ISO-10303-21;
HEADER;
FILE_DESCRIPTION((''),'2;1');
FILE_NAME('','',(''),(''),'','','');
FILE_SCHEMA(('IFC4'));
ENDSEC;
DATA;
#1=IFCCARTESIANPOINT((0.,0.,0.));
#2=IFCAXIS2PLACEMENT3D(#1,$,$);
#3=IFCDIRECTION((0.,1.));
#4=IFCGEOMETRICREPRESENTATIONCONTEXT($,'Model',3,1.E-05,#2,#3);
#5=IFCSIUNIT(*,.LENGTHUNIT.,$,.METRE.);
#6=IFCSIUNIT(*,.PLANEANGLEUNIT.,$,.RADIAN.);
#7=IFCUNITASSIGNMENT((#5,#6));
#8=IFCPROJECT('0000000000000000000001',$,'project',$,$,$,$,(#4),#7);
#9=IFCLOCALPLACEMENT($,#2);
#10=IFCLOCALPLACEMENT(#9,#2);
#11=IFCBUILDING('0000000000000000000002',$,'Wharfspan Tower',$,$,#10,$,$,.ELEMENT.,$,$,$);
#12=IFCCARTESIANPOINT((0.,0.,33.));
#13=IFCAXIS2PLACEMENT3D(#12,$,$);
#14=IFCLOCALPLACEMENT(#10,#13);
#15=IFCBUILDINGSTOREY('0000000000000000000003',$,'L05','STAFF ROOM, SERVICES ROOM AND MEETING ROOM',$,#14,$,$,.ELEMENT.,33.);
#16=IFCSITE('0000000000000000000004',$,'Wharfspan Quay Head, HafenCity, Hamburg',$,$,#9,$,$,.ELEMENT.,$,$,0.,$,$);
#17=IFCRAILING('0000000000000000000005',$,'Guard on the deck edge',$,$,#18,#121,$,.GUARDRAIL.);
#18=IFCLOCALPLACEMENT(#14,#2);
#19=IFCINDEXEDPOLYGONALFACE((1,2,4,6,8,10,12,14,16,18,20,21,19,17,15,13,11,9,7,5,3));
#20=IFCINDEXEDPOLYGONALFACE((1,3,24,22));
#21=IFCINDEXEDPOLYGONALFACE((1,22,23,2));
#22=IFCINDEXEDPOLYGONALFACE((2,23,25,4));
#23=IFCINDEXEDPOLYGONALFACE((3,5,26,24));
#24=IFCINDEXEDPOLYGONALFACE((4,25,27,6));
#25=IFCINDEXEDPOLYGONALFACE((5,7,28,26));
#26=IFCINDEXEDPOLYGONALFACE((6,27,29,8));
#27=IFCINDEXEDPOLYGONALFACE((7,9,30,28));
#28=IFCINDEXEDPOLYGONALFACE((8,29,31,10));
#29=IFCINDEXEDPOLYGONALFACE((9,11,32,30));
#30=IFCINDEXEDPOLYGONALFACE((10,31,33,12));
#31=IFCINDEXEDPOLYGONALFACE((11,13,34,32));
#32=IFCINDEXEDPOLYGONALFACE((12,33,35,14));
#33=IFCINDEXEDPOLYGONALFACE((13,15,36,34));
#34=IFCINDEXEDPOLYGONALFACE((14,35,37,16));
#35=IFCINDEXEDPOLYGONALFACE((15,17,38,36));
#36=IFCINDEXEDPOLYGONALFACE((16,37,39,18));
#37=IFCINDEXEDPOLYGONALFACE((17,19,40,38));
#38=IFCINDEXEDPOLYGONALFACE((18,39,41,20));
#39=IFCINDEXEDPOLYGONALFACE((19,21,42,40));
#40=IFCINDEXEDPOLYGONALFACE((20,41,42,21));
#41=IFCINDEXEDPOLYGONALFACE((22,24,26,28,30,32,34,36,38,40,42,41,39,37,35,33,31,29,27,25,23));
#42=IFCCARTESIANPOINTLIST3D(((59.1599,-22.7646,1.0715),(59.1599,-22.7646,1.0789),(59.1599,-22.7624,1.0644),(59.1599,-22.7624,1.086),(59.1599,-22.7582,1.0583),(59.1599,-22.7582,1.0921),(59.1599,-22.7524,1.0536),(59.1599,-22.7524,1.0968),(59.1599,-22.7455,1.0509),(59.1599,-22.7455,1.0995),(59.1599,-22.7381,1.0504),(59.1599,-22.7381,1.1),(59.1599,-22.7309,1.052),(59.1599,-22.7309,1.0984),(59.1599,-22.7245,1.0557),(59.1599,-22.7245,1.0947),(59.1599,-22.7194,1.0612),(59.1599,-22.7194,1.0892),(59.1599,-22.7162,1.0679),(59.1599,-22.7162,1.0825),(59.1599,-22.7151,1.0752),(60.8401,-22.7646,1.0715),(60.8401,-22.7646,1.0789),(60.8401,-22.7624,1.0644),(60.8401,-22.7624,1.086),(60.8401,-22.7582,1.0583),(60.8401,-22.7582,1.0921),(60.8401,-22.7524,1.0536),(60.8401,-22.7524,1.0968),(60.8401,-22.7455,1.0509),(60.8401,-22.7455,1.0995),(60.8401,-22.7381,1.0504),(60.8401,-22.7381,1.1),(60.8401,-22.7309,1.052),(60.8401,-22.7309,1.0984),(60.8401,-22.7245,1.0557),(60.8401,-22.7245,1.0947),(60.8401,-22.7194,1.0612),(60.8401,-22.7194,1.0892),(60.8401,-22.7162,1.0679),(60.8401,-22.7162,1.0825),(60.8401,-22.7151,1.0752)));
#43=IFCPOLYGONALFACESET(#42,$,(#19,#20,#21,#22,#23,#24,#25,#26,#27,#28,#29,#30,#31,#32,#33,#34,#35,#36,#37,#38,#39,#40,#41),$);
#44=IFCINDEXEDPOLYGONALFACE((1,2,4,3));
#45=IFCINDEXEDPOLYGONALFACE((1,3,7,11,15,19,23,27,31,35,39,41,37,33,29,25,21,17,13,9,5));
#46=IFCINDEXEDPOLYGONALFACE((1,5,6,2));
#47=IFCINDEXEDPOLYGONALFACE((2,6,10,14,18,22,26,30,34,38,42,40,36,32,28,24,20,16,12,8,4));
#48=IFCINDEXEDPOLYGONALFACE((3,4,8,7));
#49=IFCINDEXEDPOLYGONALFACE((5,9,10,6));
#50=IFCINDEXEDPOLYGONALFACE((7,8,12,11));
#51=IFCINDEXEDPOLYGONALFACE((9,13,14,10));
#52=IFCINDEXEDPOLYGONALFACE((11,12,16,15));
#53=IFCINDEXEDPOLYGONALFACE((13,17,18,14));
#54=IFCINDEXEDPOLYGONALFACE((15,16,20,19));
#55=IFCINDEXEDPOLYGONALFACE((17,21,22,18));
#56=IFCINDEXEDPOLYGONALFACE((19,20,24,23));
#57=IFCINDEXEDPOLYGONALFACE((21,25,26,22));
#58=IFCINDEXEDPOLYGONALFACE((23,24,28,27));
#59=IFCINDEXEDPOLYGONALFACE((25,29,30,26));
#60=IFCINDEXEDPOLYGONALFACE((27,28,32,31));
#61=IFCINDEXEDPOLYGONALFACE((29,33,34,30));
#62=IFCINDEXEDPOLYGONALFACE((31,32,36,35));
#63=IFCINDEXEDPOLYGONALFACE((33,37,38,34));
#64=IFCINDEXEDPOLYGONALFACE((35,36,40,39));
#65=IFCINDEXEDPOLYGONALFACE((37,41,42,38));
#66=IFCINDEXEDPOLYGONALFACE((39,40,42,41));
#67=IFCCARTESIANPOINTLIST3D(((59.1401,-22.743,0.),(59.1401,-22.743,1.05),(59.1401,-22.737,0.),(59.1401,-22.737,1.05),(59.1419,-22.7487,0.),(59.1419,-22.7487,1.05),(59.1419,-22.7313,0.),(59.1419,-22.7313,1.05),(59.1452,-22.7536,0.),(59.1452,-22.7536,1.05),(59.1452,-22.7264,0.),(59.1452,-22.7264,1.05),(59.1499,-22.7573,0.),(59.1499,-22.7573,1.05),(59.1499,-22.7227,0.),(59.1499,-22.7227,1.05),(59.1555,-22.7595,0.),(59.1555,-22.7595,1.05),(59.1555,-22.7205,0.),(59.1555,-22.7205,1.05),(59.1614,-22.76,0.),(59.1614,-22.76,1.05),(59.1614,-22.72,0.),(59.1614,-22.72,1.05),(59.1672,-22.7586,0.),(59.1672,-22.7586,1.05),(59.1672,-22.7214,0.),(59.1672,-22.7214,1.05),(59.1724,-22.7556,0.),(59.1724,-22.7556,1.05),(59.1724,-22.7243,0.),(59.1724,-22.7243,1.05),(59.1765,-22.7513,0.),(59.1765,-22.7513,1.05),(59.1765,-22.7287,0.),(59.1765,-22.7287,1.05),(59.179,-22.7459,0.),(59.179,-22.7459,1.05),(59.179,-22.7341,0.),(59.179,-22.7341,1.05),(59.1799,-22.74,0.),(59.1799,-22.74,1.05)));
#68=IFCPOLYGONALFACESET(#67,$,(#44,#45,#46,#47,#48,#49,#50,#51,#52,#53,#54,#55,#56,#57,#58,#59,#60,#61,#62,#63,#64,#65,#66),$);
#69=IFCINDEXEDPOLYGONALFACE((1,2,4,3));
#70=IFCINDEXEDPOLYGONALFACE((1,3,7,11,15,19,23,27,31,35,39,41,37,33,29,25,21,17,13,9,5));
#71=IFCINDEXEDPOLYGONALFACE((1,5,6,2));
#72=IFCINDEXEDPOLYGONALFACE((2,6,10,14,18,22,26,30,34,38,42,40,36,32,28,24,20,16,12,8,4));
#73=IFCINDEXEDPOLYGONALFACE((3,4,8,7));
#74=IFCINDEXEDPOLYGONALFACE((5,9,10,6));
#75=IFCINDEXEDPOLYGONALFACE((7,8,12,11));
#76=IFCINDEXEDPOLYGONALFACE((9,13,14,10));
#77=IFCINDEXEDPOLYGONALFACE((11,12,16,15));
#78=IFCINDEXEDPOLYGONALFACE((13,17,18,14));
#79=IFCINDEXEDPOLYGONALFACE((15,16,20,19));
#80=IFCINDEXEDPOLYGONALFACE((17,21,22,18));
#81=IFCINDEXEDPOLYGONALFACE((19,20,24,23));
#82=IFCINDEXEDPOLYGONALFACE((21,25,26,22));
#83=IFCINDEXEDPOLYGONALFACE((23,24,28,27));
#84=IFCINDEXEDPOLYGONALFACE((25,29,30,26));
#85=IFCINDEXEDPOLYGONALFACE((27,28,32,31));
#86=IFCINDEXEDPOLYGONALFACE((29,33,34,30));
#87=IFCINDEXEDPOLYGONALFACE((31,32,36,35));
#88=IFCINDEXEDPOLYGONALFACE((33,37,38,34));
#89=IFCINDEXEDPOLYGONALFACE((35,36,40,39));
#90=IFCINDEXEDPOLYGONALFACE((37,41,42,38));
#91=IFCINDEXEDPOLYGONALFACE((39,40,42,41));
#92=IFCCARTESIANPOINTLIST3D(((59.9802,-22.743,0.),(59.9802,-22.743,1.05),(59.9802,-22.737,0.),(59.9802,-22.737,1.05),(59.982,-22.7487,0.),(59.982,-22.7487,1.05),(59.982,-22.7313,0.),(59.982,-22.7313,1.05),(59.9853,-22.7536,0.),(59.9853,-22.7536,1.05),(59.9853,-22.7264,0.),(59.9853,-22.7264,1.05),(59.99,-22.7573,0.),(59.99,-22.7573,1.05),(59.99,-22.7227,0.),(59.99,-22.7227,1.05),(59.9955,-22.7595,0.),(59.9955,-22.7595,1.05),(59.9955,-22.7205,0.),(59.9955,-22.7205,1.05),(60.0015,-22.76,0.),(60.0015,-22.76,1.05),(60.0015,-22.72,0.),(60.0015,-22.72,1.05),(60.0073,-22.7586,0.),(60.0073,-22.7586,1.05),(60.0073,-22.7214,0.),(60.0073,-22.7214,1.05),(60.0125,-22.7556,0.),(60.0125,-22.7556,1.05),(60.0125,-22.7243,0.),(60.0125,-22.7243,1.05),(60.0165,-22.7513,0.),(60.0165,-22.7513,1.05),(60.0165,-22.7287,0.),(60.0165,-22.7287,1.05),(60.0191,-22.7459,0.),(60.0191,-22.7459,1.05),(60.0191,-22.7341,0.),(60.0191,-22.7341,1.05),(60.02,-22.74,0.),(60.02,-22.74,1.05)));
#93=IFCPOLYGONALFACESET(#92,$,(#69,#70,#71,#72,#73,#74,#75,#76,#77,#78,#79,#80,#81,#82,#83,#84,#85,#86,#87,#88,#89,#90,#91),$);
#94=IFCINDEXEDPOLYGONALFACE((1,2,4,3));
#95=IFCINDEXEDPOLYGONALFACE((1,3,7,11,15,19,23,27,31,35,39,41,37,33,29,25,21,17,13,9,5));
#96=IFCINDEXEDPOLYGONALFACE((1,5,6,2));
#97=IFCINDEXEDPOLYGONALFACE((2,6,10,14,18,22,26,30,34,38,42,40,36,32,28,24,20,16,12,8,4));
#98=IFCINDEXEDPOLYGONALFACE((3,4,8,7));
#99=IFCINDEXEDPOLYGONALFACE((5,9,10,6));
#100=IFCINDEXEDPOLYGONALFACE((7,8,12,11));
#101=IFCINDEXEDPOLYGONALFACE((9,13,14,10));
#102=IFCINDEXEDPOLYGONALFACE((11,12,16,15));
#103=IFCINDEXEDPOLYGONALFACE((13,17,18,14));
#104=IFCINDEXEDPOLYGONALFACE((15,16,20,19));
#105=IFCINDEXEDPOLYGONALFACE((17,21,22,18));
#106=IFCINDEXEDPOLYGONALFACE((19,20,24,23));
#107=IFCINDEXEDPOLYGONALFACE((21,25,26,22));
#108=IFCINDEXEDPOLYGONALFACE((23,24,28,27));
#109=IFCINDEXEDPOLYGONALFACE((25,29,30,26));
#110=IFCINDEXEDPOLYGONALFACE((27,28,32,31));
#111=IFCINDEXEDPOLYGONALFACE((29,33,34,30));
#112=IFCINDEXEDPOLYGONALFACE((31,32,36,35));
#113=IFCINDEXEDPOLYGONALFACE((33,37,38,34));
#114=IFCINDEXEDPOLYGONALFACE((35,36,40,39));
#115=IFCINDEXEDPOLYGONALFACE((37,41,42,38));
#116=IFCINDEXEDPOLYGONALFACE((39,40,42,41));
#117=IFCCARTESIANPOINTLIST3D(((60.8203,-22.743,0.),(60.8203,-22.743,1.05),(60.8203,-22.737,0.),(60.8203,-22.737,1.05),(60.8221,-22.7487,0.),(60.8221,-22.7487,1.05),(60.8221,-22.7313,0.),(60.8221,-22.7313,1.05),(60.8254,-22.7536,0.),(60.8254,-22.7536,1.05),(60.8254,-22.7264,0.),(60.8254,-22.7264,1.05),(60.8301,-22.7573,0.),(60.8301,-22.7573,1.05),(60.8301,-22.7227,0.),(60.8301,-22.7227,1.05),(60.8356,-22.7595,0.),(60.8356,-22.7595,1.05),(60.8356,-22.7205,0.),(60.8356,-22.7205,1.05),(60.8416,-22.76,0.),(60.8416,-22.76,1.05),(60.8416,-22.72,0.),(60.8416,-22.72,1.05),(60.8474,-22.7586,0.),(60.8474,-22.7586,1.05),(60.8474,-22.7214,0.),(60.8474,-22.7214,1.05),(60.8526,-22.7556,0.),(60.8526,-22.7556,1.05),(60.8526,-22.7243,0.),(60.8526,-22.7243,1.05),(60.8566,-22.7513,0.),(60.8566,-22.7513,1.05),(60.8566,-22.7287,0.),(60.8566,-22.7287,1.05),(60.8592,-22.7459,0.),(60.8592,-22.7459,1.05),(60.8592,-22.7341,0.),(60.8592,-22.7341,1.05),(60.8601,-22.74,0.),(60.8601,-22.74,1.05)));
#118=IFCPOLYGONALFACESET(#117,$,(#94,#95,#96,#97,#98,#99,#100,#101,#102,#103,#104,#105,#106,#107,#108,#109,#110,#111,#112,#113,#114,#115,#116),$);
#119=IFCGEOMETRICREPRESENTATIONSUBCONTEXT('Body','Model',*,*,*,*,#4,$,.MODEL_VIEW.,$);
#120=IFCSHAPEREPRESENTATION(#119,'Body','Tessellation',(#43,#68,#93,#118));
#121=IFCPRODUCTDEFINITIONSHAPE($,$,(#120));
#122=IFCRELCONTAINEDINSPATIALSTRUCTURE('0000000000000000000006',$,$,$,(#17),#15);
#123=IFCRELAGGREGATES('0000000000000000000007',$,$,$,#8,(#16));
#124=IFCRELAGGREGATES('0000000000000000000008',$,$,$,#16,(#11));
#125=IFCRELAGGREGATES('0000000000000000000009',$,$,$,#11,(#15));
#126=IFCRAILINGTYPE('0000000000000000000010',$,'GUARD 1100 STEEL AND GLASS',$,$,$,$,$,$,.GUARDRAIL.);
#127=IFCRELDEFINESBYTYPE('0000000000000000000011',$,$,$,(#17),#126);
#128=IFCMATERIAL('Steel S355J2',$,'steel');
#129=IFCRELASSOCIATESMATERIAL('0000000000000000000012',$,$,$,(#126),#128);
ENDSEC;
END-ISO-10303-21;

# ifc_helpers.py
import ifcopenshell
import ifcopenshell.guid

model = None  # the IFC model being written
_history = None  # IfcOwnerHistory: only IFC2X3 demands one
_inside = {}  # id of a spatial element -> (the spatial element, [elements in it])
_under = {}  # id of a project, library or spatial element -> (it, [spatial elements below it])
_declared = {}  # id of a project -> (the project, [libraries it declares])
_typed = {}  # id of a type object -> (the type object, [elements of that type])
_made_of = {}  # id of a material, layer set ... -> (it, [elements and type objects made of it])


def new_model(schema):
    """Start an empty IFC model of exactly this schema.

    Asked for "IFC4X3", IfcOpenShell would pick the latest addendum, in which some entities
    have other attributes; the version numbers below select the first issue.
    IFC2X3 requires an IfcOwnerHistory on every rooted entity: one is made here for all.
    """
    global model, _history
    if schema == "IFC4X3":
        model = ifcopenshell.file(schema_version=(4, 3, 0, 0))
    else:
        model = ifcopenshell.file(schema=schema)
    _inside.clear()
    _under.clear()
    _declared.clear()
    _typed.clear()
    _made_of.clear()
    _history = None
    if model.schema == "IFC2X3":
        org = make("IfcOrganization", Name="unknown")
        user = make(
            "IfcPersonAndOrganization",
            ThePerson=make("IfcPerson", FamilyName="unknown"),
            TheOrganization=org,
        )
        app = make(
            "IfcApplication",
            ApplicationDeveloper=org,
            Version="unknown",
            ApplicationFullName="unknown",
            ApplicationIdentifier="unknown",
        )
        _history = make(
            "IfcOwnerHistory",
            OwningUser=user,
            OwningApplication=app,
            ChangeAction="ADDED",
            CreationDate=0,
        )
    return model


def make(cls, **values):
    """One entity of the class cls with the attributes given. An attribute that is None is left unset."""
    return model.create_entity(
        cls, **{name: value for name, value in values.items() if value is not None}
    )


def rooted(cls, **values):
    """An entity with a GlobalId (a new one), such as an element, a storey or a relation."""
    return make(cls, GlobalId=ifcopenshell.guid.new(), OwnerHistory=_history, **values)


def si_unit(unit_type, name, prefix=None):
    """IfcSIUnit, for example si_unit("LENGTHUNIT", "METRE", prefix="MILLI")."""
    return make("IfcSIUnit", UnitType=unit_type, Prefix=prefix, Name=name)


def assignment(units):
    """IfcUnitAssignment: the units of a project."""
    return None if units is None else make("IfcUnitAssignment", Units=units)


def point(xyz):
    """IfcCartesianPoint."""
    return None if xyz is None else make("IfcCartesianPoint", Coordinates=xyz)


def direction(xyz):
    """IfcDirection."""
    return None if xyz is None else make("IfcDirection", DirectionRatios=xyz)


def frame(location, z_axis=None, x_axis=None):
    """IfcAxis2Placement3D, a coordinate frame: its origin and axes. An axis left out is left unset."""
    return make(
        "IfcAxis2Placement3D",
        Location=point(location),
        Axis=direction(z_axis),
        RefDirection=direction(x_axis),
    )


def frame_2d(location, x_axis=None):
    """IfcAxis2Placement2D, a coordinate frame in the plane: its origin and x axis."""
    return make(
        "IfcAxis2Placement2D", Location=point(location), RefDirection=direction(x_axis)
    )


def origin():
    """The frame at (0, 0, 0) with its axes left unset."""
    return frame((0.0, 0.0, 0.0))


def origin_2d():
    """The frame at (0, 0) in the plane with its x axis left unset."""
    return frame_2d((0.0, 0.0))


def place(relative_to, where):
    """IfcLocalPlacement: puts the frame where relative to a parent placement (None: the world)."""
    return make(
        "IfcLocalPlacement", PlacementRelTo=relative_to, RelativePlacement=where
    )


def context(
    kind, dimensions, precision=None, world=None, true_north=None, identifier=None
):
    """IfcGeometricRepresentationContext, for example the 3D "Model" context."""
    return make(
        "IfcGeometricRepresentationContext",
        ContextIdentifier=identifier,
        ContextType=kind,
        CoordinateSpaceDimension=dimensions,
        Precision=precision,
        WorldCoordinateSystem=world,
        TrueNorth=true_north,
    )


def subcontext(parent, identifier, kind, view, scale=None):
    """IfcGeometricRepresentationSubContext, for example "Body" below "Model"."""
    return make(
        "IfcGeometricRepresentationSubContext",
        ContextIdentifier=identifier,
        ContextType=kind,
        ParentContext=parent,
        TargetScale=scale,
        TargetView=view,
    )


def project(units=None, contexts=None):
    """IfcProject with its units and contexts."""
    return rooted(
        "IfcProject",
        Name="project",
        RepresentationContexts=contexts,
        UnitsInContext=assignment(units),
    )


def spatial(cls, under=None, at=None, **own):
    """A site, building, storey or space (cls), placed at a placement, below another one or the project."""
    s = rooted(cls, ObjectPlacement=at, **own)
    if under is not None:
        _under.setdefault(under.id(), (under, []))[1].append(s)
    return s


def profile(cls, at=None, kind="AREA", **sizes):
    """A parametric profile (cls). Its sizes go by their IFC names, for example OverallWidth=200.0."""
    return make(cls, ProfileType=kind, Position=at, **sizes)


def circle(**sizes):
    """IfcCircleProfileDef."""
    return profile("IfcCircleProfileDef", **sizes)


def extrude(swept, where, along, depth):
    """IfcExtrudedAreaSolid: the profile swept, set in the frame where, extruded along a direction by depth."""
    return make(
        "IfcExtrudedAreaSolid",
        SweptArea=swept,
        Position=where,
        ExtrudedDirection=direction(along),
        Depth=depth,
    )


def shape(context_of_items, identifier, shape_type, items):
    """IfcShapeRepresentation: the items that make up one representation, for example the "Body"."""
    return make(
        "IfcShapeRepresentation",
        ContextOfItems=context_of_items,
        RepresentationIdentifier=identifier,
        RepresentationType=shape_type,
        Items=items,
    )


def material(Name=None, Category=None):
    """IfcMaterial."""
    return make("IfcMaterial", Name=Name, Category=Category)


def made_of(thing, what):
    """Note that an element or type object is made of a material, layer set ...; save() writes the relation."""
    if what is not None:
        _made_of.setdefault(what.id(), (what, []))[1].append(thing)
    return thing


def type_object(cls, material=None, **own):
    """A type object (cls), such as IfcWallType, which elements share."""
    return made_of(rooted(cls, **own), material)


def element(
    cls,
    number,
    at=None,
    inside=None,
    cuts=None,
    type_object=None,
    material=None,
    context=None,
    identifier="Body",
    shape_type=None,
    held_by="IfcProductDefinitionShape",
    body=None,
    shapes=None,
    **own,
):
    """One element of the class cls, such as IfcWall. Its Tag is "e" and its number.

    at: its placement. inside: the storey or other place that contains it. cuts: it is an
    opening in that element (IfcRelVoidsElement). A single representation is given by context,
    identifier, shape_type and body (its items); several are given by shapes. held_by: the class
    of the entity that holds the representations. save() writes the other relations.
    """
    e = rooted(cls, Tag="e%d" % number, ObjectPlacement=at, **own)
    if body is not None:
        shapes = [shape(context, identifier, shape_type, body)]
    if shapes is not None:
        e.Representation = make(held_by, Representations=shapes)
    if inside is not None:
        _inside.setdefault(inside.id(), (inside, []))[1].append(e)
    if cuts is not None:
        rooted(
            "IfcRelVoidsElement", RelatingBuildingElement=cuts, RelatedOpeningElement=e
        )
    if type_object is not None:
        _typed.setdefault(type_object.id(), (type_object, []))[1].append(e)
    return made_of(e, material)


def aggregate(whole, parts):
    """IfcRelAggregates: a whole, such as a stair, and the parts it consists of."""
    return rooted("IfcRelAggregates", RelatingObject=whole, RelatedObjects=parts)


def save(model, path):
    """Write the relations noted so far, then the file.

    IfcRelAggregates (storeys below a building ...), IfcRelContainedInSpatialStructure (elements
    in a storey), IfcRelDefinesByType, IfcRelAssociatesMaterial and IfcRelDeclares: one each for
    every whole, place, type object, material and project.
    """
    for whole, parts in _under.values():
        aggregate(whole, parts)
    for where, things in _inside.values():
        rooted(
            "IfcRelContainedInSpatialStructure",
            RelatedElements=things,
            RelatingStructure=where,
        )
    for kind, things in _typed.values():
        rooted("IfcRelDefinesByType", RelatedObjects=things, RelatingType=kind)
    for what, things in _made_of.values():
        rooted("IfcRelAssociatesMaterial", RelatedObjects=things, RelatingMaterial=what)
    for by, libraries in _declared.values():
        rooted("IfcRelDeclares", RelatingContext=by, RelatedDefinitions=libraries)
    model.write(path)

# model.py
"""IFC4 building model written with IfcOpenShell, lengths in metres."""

from ifc_helpers import new_model, si_unit, direction, frame, origin, origin_2d, place, context, subcontext, project, spatial, circle, extrude, material, type_object, element, save


model = new_model("IFC4")

# Units and contexts
model_context = context("Model", 3, precision=1e-05, world=origin(), true_north=direction((0.0, 1.0)))
body_context = subcontext(model_context, "Body", "Model", "MODEL_VIEW")
ifc_project = project(units=[si_unit("LENGTHUNIT", "METRE"), si_unit("PLANEANGLEUNIT", "RADIAN")], contexts=[model_context])

# Site, building, storey
site_placement = place(None, origin())
site = spatial("IfcSite", under=ifc_project, at=site_placement, Name="Wharfspan Quay Head, HafenCity, Hamburg", CompositionType="ELEMENT", RefElevation=0.0)
building_placement = place(site_placement, origin())
building = spatial("IfcBuilding", under=site, at=building_placement, Name="Wharfspan Tower", CompositionType="ELEMENT")
storey_placement = place(building_placement, frame((0.0, 0.0, 33.0)))
storey = spatial("IfcBuildingStorey", under=building, at=storey_placement, Name="L05", Description="STAFF ROOM, SERVICES ROOM AND MEETING ROOM", CompositionType="ELEMENT", Elevation=33.0)

# Railing
ifc_material_1 = material(Name="Steel S355J2", Category="steel")
railing_type = type_object("IfcRailingType", Name="GUARD 1100 STEEL AND GLASS", PredefinedType="GUARDRAIL", material=ifc_material_1)
railing_1_placement = place(storey_placement, frame((59.1599, -22.74, 0.0)))
element("IfcRailing", 1, at=railing_1_placement, inside=storey, type_object=railing_type, Name="Guard on the deck edge", PredefinedType="GUARDRAIL", context=body_context, shape_type="SweptSolid", body=[
    extrude(circle(Radius=0.0249, at=origin_2d()), frame((0.0, 0.0, 1.0752), z_axis=(1.0, 0.0, 0.0), x_axis=(0.0, 1.0, 0.0)), (0.0, 0.0, 1.0), 1.6802),
    extrude(circle(Radius=0.02, at=origin_2d()), origin(), (0.0, 0.0, 1.0), 1.05),
    extrude(circle(Radius=0.02, at=origin_2d()), frame((0.8401, 0.0, 0.0)), (0.0, 0.0, 1.0), 1.05),
    extrude(circle(Radius=0.02, at=origin_2d()), frame((1.6802, 0.0, 0.0)), (0.0, 0.0, 1.0), 1.05),
])

save(model, "model.ifc")
